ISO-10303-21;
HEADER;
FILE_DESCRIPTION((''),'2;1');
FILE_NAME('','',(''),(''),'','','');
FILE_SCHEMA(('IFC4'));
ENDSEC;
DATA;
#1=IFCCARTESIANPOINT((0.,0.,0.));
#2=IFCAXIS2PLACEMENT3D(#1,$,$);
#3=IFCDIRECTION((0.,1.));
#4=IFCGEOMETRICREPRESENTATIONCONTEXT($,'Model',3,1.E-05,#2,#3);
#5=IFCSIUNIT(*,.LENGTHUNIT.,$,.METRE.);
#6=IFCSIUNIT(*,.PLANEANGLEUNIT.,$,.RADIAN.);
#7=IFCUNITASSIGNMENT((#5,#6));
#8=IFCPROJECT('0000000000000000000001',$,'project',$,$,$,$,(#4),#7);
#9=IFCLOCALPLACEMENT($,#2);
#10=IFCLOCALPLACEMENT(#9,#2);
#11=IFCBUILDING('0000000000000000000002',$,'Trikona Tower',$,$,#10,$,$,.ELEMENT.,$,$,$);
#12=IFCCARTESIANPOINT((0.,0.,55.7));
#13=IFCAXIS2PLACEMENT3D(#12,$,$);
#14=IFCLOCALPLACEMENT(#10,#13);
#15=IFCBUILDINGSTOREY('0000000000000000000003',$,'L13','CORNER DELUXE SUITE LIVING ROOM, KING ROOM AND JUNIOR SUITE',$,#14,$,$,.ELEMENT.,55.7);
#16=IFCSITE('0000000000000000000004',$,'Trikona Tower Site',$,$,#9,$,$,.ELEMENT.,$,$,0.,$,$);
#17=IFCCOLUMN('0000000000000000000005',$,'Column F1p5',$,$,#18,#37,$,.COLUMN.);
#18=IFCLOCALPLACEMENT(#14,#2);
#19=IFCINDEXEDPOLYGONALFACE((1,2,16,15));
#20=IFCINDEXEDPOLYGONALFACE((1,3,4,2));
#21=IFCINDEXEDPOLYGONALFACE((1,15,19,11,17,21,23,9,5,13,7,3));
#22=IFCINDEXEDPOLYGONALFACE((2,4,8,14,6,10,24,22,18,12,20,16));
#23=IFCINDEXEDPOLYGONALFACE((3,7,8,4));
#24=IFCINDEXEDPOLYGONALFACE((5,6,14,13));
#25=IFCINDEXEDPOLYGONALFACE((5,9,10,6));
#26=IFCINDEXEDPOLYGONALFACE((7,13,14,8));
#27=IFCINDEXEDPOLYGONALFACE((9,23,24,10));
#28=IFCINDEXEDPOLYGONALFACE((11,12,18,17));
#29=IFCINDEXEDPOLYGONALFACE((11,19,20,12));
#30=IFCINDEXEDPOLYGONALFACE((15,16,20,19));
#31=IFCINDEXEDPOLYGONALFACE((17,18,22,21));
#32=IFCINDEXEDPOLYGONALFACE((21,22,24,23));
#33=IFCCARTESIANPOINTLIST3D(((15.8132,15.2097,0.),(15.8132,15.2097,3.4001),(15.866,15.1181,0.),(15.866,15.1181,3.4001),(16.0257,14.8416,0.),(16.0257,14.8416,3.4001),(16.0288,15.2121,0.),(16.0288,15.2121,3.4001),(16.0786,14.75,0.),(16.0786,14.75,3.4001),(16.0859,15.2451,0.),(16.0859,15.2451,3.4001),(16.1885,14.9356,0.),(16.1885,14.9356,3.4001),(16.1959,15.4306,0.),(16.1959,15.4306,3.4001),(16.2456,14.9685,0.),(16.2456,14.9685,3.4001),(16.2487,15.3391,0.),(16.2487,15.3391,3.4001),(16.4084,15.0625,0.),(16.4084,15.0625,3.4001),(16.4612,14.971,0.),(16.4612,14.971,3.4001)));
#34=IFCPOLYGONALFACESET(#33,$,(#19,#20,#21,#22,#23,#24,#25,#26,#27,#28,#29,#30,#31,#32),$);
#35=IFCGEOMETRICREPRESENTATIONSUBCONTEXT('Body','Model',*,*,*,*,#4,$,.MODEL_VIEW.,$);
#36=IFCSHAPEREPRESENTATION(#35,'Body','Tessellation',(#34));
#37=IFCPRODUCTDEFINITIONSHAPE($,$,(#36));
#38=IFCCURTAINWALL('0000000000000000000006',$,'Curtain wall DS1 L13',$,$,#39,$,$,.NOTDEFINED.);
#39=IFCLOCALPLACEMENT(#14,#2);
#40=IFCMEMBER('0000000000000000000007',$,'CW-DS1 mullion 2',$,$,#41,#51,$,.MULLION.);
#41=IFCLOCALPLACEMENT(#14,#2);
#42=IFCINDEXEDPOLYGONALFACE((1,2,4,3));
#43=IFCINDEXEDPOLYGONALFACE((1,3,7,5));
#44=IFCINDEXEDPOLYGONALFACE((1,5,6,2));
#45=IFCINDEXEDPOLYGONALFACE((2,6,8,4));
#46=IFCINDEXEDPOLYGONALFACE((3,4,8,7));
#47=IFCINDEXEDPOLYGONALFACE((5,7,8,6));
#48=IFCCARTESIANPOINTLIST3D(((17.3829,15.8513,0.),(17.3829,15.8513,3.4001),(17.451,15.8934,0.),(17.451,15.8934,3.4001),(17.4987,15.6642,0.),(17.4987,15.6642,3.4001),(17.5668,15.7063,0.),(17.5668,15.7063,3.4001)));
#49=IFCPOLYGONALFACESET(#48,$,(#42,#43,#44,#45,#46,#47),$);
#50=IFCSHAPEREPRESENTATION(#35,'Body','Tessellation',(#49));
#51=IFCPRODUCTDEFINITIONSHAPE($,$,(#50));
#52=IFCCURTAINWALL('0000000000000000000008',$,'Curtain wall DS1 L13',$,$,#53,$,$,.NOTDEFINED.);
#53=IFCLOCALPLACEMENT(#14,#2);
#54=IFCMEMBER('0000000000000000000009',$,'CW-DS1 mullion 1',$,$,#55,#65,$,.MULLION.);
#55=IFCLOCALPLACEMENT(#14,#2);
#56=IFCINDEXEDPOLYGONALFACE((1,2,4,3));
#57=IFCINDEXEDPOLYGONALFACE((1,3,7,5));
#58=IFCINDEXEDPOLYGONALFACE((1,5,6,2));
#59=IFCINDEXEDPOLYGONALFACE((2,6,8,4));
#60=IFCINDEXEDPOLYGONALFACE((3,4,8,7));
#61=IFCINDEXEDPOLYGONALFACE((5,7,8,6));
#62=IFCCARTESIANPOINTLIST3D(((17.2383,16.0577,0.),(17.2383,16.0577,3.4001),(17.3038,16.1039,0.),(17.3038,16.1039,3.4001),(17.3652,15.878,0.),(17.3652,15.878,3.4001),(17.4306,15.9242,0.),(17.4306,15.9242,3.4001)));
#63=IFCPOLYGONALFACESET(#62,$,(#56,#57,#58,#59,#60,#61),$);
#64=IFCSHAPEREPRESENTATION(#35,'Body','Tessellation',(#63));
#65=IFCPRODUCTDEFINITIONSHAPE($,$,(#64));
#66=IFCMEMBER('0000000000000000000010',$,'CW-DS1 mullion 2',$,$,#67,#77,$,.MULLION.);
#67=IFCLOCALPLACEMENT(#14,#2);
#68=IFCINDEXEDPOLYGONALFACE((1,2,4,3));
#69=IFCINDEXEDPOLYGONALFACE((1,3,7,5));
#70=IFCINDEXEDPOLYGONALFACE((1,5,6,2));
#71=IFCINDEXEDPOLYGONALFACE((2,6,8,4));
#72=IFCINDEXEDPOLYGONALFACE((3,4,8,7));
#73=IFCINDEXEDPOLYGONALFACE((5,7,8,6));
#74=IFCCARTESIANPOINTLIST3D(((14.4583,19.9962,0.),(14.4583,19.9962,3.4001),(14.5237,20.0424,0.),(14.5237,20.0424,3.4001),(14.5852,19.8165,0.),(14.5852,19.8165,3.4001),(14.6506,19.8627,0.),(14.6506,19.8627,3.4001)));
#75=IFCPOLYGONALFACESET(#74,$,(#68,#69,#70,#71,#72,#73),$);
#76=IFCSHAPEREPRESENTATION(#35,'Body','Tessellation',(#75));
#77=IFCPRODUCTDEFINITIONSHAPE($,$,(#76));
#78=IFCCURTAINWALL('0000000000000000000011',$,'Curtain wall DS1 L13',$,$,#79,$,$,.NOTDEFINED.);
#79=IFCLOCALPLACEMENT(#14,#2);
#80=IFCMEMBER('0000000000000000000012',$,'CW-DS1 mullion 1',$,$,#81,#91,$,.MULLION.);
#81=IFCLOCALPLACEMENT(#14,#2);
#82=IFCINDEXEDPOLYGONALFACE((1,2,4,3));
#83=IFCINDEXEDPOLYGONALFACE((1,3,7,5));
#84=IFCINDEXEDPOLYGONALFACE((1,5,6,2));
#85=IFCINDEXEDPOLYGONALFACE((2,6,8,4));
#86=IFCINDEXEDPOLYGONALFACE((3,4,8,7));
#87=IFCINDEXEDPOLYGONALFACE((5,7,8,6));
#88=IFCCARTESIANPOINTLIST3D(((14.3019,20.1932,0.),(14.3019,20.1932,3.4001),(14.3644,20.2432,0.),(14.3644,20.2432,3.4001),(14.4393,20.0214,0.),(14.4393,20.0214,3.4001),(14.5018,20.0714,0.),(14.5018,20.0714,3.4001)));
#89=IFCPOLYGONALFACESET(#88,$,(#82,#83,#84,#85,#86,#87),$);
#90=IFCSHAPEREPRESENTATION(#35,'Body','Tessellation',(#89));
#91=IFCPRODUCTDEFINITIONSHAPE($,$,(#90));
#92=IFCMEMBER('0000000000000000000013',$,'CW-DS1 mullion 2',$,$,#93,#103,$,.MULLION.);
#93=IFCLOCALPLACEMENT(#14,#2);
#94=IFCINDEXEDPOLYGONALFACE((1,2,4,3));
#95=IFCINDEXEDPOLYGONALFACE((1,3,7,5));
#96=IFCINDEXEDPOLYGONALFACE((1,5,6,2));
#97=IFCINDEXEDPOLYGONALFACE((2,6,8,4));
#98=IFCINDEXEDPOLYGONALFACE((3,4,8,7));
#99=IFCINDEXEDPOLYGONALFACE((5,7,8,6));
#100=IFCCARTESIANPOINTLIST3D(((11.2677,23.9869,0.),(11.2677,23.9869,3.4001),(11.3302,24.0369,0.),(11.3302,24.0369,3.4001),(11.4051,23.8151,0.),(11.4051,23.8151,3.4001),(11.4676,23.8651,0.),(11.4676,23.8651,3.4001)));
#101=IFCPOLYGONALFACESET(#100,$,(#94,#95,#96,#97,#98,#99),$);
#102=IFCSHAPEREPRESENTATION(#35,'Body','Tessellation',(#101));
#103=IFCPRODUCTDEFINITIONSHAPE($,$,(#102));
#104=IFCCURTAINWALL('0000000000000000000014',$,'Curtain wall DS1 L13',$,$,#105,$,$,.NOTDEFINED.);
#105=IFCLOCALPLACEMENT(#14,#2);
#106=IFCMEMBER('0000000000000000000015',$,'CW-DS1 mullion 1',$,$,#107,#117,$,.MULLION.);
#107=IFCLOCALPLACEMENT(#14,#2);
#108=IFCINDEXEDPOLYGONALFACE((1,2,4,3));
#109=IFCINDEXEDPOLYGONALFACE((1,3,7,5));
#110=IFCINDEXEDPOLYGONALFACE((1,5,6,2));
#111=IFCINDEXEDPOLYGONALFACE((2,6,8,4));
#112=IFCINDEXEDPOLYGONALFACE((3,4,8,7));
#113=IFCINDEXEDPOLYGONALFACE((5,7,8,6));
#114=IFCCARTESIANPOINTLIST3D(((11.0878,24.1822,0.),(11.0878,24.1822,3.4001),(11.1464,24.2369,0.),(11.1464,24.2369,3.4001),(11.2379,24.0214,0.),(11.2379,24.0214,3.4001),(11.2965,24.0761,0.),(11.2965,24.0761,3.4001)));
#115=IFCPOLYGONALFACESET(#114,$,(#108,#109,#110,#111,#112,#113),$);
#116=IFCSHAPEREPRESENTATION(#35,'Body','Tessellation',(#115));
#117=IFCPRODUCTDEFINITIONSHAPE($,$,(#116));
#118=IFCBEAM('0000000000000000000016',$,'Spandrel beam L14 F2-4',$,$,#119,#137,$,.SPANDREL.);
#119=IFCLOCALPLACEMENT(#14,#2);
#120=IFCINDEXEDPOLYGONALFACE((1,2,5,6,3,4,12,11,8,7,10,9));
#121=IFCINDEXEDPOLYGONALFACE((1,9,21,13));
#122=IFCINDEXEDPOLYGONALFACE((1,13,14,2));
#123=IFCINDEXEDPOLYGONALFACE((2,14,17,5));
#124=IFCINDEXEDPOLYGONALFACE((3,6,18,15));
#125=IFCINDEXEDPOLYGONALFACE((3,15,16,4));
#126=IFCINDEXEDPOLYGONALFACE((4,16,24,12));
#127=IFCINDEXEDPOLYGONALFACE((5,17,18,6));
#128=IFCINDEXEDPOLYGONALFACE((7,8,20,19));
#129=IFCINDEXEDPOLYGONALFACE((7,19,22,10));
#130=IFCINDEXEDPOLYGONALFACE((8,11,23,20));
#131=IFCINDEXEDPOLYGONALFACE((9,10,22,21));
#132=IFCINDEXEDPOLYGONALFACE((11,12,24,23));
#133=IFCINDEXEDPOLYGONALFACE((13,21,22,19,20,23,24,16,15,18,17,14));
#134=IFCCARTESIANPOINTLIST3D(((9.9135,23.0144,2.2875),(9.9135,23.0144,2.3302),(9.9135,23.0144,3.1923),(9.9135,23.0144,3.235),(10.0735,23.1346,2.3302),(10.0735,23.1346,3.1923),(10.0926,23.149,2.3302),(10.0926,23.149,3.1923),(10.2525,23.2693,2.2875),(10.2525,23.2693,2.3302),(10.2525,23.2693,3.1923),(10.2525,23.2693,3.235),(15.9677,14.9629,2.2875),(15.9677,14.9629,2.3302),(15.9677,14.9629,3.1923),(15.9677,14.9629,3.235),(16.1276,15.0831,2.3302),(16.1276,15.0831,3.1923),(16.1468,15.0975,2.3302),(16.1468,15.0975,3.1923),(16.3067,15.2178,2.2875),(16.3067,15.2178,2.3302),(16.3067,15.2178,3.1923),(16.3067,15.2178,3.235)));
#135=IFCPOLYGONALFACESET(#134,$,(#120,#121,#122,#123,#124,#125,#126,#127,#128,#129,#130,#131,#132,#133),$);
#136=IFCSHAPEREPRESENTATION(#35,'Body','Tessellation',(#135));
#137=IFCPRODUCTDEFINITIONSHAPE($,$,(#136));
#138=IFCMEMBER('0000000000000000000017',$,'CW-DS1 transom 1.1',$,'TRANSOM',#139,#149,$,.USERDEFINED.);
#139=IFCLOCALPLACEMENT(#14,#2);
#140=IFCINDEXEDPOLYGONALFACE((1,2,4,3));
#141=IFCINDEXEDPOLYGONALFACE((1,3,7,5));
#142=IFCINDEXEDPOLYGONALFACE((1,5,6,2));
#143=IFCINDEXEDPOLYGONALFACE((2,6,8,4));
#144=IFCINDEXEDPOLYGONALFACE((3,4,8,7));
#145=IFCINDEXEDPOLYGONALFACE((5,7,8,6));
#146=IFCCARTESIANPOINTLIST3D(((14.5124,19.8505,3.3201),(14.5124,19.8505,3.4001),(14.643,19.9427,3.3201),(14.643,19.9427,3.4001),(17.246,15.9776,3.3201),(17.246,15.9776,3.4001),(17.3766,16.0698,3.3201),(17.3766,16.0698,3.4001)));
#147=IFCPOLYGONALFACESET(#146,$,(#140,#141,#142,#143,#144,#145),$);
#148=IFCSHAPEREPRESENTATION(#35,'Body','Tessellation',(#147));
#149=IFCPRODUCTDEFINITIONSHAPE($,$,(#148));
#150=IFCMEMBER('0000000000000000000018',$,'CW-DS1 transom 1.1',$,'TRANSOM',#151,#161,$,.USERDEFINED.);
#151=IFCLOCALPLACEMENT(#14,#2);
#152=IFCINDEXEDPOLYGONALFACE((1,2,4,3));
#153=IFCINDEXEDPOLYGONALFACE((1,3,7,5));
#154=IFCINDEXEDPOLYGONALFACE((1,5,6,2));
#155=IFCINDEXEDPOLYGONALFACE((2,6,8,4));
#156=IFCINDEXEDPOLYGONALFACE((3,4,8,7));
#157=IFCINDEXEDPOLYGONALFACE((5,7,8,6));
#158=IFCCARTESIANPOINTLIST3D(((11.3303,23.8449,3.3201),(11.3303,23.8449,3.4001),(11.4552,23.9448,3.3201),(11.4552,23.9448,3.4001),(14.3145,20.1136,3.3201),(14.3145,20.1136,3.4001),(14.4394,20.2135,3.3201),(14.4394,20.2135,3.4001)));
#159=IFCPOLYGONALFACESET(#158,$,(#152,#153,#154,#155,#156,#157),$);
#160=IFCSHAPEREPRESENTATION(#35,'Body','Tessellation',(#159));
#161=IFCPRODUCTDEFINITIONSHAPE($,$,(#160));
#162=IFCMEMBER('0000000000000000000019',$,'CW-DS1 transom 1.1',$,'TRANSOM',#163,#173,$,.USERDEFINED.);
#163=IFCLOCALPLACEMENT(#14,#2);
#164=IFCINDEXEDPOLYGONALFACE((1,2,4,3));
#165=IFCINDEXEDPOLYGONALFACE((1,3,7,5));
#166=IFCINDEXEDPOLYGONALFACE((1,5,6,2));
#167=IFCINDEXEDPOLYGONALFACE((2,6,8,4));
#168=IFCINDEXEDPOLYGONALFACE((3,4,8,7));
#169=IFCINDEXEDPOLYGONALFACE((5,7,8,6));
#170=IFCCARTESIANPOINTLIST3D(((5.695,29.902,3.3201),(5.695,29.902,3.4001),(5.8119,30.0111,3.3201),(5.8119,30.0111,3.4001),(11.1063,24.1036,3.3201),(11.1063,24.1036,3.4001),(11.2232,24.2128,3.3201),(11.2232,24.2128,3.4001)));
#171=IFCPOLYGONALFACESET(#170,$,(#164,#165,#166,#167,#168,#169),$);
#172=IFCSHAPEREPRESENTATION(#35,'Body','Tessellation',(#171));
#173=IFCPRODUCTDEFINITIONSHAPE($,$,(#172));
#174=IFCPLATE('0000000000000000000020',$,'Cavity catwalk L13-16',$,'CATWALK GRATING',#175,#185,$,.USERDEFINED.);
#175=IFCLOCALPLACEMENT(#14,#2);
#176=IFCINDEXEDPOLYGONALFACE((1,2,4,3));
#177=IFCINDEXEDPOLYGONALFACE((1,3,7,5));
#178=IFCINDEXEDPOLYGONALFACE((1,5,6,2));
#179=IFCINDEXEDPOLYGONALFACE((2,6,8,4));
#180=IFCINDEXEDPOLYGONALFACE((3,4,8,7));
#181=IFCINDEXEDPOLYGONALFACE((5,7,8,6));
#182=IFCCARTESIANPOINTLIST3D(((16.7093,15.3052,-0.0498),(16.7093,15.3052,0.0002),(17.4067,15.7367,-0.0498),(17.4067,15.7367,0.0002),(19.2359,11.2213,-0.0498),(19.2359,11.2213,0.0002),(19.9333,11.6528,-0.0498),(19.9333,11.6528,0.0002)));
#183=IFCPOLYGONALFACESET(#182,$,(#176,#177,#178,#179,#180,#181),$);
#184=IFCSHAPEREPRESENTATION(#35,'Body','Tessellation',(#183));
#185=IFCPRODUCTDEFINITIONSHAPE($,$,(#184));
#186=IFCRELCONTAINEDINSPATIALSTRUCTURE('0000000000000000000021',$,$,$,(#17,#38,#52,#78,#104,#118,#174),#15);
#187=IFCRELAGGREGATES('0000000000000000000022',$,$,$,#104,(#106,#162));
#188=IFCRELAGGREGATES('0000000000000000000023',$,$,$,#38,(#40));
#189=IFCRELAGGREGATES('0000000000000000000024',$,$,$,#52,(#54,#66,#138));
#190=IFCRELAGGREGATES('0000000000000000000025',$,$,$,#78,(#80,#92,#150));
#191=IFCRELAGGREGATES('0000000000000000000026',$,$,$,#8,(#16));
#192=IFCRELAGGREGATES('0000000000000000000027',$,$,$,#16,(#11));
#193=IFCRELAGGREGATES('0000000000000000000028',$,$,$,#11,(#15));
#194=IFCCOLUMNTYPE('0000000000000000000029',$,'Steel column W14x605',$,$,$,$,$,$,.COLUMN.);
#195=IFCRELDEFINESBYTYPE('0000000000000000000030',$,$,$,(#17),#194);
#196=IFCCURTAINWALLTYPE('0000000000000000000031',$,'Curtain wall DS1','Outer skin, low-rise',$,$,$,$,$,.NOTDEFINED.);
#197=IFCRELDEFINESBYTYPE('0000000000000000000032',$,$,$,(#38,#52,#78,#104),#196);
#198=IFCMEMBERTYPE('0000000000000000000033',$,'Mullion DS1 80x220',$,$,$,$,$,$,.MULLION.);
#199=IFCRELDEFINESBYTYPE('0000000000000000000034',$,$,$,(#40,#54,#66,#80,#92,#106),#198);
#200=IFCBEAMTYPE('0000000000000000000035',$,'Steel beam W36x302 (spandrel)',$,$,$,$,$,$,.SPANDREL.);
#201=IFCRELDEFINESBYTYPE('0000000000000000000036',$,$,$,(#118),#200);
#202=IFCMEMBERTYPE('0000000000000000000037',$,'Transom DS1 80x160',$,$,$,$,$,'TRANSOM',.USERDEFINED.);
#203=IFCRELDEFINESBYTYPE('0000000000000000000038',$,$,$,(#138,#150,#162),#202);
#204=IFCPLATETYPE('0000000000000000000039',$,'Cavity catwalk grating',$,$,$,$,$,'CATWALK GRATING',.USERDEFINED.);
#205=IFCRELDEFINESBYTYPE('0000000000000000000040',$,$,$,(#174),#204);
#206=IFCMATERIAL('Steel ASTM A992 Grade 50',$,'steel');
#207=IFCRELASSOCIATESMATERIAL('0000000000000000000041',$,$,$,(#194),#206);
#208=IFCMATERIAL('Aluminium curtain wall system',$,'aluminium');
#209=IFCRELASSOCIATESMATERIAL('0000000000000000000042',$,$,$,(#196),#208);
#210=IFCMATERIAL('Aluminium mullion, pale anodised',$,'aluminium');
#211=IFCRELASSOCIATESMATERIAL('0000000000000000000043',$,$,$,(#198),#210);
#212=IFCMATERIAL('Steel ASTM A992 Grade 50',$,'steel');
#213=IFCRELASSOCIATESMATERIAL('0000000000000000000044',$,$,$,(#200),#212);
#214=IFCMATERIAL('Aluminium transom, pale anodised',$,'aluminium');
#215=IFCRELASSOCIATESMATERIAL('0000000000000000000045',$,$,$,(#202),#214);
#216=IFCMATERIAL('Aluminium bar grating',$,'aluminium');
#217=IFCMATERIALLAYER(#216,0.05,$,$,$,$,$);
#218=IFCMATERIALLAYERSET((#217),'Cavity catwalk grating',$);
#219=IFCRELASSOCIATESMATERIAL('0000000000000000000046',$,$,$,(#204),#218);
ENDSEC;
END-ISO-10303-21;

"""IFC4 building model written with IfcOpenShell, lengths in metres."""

from ifc_helpers import new_model, si_unit, direction, frame, origin, origin_2d, place, context, subcontext, project, spatial, rectangle, i_section, extrude, material, layer, layer_set, material_profile, profile_set, type_object, element, aggregate, save


model = new_model("IFC4")

# Units and contexts
model_context = context("Model", 3, precision=1e-05, world=origin(), true_north=direction((0.0, 1.0)))
body_context = subcontext(model_context, "Body", "Model", "MODEL_VIEW")
ifc_project = project(units=[si_unit("LENGTHUNIT", "METRE"), si_unit("PLANEANGLEUNIT", "RADIAN")], contexts=[model_context])

# Site, building, storey
site_placement = place(None, origin())
site = spatial("IfcSite", under=ifc_project, at=site_placement, Name="Trikona Tower Site", CompositionType="ELEMENT", RefElevation=0.0)
building_placement = place(site_placement, origin())
building = spatial("IfcBuilding", under=site, at=building_placement, Name="Trikona Tower", CompositionType="ELEMENT")
storey_placement = place(building_placement, frame((0.0, 0.0, 55.7)))
storey = spatial("IfcBuildingStorey", under=building, at=storey_placement, Name="L13", Description="CORNER DELUXE SUITE LIVING ROOM, KING ROOM AND JUNIOR SUITE", CompositionType="ELEMENT", Elevation=55.7)

# Column
ifc_material_1 = material(Name="Steel ASTM A992 Grade 50", Category="steel")
ifc_material_profile_1 = material_profile(ifc_material_1, i_section(OverallWidth=0.4419, OverallDepth=0.5308, WebThickness=0.0659, FlangeThickness=0.1057, at=origin_2d()), Name="W14X605")
ifc_profile_set_1 = profile_set([ifc_material_profile_1], Name="Steel ASTM A992 Grade 50")
column_type = type_object("IfcColumnType", Name="Steel column W14x605", PredefinedType="COLUMN", material=ifc_profile_set_1)
column_placement = place(storey_placement, frame((16.1372, 15.0903, 0.0), z_axis=(0.0, 0.0, 1.0), x_axis=(0.866025, 0.5, 0.0)))
element("IfcColumn", 1, at=column_placement, inside=storey, type_object=column_type, Name="Column F1p5", PredefinedType="COLUMN", context=body_context, shape_type="SweptSolid", body=[
    extrude(i_section(OverallWidth=0.4419, OverallDepth=0.5308, WebThickness=0.0659, FlangeThickness=0.1057, at=origin_2d()), origin(), (0.0, 0.0, 1.0), 3.4001),
])

# Curtain wall, member
ifc_material_2 = material(Name="Aluminium curtain wall system", Category="aluminium")
curtain_wall_type = type_object("IfcCurtainWallType", Name="Curtain wall DS1", Description="Outer skin, low-rise", PredefinedType="NOTDEFINED", material=ifc_material_2)
curtain_wall_1_placement = place(storey_placement, origin())
curtain_wall_1 = element("IfcCurtainWall", 2, at=curtain_wall_1_placement, inside=storey, type_object=curtain_wall_type, Name="Curtain wall DS1 L13", PredefinedType="NOTDEFINED")
ifc_material_3 = material(Name="Aluminium mullion, pale anodised", Category="aluminium")
ifc_material_profile_2 = material_profile(ifc_material_3, rectangle(XDim=0.0801, YDim=0.22, at=origin_2d()), Name="MUL-DS1")
ifc_profile_set_2 = profile_set([ifc_material_profile_2], Name="Aluminium mullion, pale anodised")
member_type_1 = type_object("IfcMemberType", Name="Mullion DS1 80x220", PredefinedType="MULLION", material=ifc_profile_set_2)
member_1_placement = place(storey_placement, frame((17.4749, 15.7788, 0.0), z_axis=(0.0, 0.0, 1.0), x_axis=(-0.85041, -0.52612, 0.0)))
member_1 = element("IfcMember", 3, at=member_1_placement, type_object=member_type_1, Name="CW-DS1 mullion 2", PredefinedType="MULLION", context=body_context, shape_type="SweptSolid", body=[
    extrude(rectangle(XDim=0.0801, YDim=0.22, at=origin_2d()), origin(), (0.0, 0.0, 1.0), 3.4001),
])

# Curtain walls, members
curtain_wall_2_placement = place(storey_placement, origin())
curtain_wall_2 = element("IfcCurtainWall", 4, at=curtain_wall_2_placement, inside=storey, type_object=curtain_wall_type, Name="Curtain wall DS1 L13", PredefinedType="NOTDEFINED")
member_2_placement = place(storey_placement, frame((17.3345, 15.991, 0.0), z_axis=(0.0, 0.0, 1.0), x_axis=(-0.816985, -0.576658, 0.0)))
member_2 = element("IfcMember", 5, at=member_2_placement, type_object=member_type_1, Name="CW-DS1 mullion 1", PredefinedType="MULLION", context=body_context, shape_type="SweptSolid", body=[
    extrude(rectangle(XDim=0.0801, YDim=0.22, at=origin_2d()), origin(), (0.0, 0.0, 1.0), 3.4001),
])
member_3_placement = place(storey_placement, frame((14.5544, 19.9294, 0.0), z_axis=(0.0, 0.0, 1.0), x_axis=(-0.816985, -0.576658, 0.0)))
member_3 = element("IfcMember", 6, at=member_3_placement, type_object=member_type_1, Name="CW-DS1 mullion 2", PredefinedType="MULLION", context=body_context, shape_type="SweptSolid", body=[
    extrude(rectangle(XDim=0.0801, YDim=0.22, at=origin_2d()), origin(), (0.0, 0.0, 1.0), 3.4001),
])
curtain_wall_3_placement = place(storey_placement, origin())
curtain_wall_3 = element("IfcCurtainWall", 7, at=curtain_wall_3_placement, inside=storey, type_object=curtain_wall_type, Name="Curtain wall DS1 L13", PredefinedType="NOTDEFINED")
member_4_placement = place(storey_placement, frame((14.4019, 20.1323, 0.0), z_axis=(0.0, 0.0, 1.0), x_axis=(-0.780938, -0.624609, 0.0)))
member_4 = element("IfcMember", 8, at=member_4_placement, type_object=member_type_1, Name="CW-DS1 mullion 1", PredefinedType="MULLION", context=body_context, shape_type="SweptSolid", body=[
    extrude(rectangle(XDim=0.0801, YDim=0.22, at=origin_2d()), origin(), (0.0, 0.0, 1.0), 3.4001),
])
member_5_placement = place(storey_placement, frame((11.3677, 23.926, 0.0), z_axis=(0.0, 0.0, 1.0), x_axis=(-0.780938, -0.624609, 0.0)))
member_5 = element("IfcMember", 9, at=member_5_placement, type_object=member_type_1, Name="CW-DS1 mullion 2", PredefinedType="MULLION", context=body_context, shape_type="SweptSolid", body=[
    extrude(rectangle(XDim=0.0801, YDim=0.22, at=origin_2d()), origin(), (0.0, 0.0, 1.0), 3.4001),
])

# Curtain wall, member
curtain_wall_4_placement = place(storey_placement, origin())
curtain_wall_4 = element("IfcCurtainWall", 10, at=curtain_wall_4_placement, inside=storey, type_object=curtain_wall_type, Name="Curtain wall DS1 L13", PredefinedType="NOTDEFINED")
member_6_placement = place(storey_placement, frame((11.1921, 24.1292, 0.0), z_axis=(0.0, 0.0, 1.0), x_axis=(-0.731077, -0.682295, 0.0)))
member_6 = element("IfcMember", 11, at=member_6_placement, type_object=member_type_1, Name="CW-DS1 mullion 1", PredefinedType="MULLION", context=body_context, shape_type="SweptSolid", body=[
    extrude(rectangle(XDim=0.0801, YDim=0.22, at=origin_2d()), origin(), (0.0, 0.0, 1.0), 3.4001),
])

# Beam
ifc_material_4 = material(Name="Steel ASTM A992 Grade 50", Category="steel")
ifc_material_profile_3 = material_profile(ifc_material_4, i_section(OverallWidth=0.4241, OverallDepth=0.9475, WebThickness=0.0239, FlangeThickness=0.0427, at=origin_2d()), Name="W36X302")
ifc_profile_set_3 = profile_set([ifc_material_profile_3], Name="Steel ASTM A992 Grade 50")
beam_type = type_object("IfcBeamType", Name="Steel beam W36x302 (spandrel)", PredefinedType="SPANDREL", material=ifc_profile_set_3)
beam_placement = place(storey_placement, frame((16.1372, 15.0903, 2.7612), z_axis=(-0.600988, 0.799258, 0.0), x_axis=(-0.799258, -0.600988, 0.0)))
element("IfcBeam", 12, at=beam_placement, inside=storey, type_object=beam_type, Name="Spandrel beam L14 F2-4", PredefinedType="SPANDREL", context=body_context, shape_type="SweptSolid", body=[
    extrude(i_section(OverallWidth=0.4241, OverallDepth=0.9475, WebThickness=0.0239, FlangeThickness=0.0427, at=origin_2d()), origin(), (0.0, 0.0, 1.0), 10.0737),
])

# Members
ifc_material_5 = material(Name="Aluminium transom, pale anodised", Category="aluminium")
ifc_material_profile_4 = material_profile(ifc_material_5, rectangle(XDim=0.1599, YDim=0.0801, at=origin_2d()), Name="TRN-DS1")
ifc_profile_set_4 = profile_set([ifc_material_profile_4], Name="Aluminium transom, pale anodised")
member_type_2 = type_object("IfcMemberType", Name="Transom DS1 80x160", ElementType="TRANSOM", PredefinedType="USERDEFINED", material=ifc_profile_set_4)
member_7_placement = place(storey_placement, frame((17.3113, 16.0237, 3.3601), z_axis=(-0.576645, 0.816995, 0.0), x_axis=(-0.816995, -0.576645, 0.0)))
member_7 = element("IfcMember", 13, at=member_7_placement, type_object=member_type_2, Name="CW-DS1 transom 1.1", ObjectType="TRANSOM", PredefinedType="USERDEFINED", context=body_context, shape_type="SweptSolid", body=[
    extrude(rectangle(XDim=0.1599, YDim=0.0801, at=origin_2d()), origin(), (0.0, 0.0, 1.0), 4.7405),
])
member_8_placement = place(storey_placement, frame((14.377, 20.1636, 3.3601), z_axis=(-0.624589, 0.780954, 0.0), x_axis=(-0.780954, -0.624589, 0.0)))
member_8 = element("IfcMember", 14, at=member_8_placement, type_object=member_type_2, Name="CW-DS1 transom 1.1", ObjectType="TRANSOM", PredefinedType="USERDEFINED", context=body_context, shape_type="SweptSolid", body=[
    extrude(rectangle(XDim=0.1599, YDim=0.0801, at=origin_2d()), origin(), (0.0, 0.0, 1.0), 4.7778),
])
member_9_placement = place(storey_placement, frame((11.1648, 24.1582, 3.3601), z_axis=(-0.682291, 0.731081, 0.0), x_axis=(-0.731081, -0.682291, 0.0)))
member_9 = element("IfcMember", 15, at=member_9_placement, type_object=member_type_2, Name="CW-DS1 transom 1.1", ObjectType="TRANSOM", PredefinedType="USERDEFINED", context=body_context, shape_type="SweptSolid", body=[
    extrude(rectangle(XDim=0.1599, YDim=0.0801, at=origin_2d()), origin(), (0.0, 0.0, 1.0), 7.9312),
])
aggregate(curtain_wall_4, [member_6, member_9])

# Plate
ifc_material_6 = material(Name="Aluminium bar grating", Category="aluminium")
ifc_layer_1 = layer(ifc_material_6, 0.05)
ifc_layer_set_1 = layer_set([ifc_layer_1], Name="Cavity catwalk grating")
plate_type_1 = type_object("IfcPlateType", Name="Cavity catwalk grating", ElementType="CATWALK GRATING", PredefinedType="USERDEFINED", material=ifc_layer_set_1)
plate_1_placement = place(storey_placement, frame((18.3213, 13.479, -0.0498), z_axis=(0.0, 0.0, 1.0), x_axis=(-0.526119, 0.850411, 0.0)))
element("IfcPlate", 16, at=plate_1_placement, inside=storey, type_object=plate_type_1, Name="Cavity catwalk L13-16", ObjectType="CATWALK GRATING", PredefinedType="USERDEFINED", context=body_context, shape_type="SweptSolid", body=[
    extrude(rectangle(XDim=4.8022, YDim=0.8201, at=origin_2d()), origin(), (0.0, 0.0, 1.0), 0.05),
])

aggregate(curtain_wall_1, [member_1])
aggregate(curtain_wall_2, [member_2, member_3, member_7])
aggregate(curtain_wall_3, [member_4, member_5, member_8])

save(model, "model.ifc")
